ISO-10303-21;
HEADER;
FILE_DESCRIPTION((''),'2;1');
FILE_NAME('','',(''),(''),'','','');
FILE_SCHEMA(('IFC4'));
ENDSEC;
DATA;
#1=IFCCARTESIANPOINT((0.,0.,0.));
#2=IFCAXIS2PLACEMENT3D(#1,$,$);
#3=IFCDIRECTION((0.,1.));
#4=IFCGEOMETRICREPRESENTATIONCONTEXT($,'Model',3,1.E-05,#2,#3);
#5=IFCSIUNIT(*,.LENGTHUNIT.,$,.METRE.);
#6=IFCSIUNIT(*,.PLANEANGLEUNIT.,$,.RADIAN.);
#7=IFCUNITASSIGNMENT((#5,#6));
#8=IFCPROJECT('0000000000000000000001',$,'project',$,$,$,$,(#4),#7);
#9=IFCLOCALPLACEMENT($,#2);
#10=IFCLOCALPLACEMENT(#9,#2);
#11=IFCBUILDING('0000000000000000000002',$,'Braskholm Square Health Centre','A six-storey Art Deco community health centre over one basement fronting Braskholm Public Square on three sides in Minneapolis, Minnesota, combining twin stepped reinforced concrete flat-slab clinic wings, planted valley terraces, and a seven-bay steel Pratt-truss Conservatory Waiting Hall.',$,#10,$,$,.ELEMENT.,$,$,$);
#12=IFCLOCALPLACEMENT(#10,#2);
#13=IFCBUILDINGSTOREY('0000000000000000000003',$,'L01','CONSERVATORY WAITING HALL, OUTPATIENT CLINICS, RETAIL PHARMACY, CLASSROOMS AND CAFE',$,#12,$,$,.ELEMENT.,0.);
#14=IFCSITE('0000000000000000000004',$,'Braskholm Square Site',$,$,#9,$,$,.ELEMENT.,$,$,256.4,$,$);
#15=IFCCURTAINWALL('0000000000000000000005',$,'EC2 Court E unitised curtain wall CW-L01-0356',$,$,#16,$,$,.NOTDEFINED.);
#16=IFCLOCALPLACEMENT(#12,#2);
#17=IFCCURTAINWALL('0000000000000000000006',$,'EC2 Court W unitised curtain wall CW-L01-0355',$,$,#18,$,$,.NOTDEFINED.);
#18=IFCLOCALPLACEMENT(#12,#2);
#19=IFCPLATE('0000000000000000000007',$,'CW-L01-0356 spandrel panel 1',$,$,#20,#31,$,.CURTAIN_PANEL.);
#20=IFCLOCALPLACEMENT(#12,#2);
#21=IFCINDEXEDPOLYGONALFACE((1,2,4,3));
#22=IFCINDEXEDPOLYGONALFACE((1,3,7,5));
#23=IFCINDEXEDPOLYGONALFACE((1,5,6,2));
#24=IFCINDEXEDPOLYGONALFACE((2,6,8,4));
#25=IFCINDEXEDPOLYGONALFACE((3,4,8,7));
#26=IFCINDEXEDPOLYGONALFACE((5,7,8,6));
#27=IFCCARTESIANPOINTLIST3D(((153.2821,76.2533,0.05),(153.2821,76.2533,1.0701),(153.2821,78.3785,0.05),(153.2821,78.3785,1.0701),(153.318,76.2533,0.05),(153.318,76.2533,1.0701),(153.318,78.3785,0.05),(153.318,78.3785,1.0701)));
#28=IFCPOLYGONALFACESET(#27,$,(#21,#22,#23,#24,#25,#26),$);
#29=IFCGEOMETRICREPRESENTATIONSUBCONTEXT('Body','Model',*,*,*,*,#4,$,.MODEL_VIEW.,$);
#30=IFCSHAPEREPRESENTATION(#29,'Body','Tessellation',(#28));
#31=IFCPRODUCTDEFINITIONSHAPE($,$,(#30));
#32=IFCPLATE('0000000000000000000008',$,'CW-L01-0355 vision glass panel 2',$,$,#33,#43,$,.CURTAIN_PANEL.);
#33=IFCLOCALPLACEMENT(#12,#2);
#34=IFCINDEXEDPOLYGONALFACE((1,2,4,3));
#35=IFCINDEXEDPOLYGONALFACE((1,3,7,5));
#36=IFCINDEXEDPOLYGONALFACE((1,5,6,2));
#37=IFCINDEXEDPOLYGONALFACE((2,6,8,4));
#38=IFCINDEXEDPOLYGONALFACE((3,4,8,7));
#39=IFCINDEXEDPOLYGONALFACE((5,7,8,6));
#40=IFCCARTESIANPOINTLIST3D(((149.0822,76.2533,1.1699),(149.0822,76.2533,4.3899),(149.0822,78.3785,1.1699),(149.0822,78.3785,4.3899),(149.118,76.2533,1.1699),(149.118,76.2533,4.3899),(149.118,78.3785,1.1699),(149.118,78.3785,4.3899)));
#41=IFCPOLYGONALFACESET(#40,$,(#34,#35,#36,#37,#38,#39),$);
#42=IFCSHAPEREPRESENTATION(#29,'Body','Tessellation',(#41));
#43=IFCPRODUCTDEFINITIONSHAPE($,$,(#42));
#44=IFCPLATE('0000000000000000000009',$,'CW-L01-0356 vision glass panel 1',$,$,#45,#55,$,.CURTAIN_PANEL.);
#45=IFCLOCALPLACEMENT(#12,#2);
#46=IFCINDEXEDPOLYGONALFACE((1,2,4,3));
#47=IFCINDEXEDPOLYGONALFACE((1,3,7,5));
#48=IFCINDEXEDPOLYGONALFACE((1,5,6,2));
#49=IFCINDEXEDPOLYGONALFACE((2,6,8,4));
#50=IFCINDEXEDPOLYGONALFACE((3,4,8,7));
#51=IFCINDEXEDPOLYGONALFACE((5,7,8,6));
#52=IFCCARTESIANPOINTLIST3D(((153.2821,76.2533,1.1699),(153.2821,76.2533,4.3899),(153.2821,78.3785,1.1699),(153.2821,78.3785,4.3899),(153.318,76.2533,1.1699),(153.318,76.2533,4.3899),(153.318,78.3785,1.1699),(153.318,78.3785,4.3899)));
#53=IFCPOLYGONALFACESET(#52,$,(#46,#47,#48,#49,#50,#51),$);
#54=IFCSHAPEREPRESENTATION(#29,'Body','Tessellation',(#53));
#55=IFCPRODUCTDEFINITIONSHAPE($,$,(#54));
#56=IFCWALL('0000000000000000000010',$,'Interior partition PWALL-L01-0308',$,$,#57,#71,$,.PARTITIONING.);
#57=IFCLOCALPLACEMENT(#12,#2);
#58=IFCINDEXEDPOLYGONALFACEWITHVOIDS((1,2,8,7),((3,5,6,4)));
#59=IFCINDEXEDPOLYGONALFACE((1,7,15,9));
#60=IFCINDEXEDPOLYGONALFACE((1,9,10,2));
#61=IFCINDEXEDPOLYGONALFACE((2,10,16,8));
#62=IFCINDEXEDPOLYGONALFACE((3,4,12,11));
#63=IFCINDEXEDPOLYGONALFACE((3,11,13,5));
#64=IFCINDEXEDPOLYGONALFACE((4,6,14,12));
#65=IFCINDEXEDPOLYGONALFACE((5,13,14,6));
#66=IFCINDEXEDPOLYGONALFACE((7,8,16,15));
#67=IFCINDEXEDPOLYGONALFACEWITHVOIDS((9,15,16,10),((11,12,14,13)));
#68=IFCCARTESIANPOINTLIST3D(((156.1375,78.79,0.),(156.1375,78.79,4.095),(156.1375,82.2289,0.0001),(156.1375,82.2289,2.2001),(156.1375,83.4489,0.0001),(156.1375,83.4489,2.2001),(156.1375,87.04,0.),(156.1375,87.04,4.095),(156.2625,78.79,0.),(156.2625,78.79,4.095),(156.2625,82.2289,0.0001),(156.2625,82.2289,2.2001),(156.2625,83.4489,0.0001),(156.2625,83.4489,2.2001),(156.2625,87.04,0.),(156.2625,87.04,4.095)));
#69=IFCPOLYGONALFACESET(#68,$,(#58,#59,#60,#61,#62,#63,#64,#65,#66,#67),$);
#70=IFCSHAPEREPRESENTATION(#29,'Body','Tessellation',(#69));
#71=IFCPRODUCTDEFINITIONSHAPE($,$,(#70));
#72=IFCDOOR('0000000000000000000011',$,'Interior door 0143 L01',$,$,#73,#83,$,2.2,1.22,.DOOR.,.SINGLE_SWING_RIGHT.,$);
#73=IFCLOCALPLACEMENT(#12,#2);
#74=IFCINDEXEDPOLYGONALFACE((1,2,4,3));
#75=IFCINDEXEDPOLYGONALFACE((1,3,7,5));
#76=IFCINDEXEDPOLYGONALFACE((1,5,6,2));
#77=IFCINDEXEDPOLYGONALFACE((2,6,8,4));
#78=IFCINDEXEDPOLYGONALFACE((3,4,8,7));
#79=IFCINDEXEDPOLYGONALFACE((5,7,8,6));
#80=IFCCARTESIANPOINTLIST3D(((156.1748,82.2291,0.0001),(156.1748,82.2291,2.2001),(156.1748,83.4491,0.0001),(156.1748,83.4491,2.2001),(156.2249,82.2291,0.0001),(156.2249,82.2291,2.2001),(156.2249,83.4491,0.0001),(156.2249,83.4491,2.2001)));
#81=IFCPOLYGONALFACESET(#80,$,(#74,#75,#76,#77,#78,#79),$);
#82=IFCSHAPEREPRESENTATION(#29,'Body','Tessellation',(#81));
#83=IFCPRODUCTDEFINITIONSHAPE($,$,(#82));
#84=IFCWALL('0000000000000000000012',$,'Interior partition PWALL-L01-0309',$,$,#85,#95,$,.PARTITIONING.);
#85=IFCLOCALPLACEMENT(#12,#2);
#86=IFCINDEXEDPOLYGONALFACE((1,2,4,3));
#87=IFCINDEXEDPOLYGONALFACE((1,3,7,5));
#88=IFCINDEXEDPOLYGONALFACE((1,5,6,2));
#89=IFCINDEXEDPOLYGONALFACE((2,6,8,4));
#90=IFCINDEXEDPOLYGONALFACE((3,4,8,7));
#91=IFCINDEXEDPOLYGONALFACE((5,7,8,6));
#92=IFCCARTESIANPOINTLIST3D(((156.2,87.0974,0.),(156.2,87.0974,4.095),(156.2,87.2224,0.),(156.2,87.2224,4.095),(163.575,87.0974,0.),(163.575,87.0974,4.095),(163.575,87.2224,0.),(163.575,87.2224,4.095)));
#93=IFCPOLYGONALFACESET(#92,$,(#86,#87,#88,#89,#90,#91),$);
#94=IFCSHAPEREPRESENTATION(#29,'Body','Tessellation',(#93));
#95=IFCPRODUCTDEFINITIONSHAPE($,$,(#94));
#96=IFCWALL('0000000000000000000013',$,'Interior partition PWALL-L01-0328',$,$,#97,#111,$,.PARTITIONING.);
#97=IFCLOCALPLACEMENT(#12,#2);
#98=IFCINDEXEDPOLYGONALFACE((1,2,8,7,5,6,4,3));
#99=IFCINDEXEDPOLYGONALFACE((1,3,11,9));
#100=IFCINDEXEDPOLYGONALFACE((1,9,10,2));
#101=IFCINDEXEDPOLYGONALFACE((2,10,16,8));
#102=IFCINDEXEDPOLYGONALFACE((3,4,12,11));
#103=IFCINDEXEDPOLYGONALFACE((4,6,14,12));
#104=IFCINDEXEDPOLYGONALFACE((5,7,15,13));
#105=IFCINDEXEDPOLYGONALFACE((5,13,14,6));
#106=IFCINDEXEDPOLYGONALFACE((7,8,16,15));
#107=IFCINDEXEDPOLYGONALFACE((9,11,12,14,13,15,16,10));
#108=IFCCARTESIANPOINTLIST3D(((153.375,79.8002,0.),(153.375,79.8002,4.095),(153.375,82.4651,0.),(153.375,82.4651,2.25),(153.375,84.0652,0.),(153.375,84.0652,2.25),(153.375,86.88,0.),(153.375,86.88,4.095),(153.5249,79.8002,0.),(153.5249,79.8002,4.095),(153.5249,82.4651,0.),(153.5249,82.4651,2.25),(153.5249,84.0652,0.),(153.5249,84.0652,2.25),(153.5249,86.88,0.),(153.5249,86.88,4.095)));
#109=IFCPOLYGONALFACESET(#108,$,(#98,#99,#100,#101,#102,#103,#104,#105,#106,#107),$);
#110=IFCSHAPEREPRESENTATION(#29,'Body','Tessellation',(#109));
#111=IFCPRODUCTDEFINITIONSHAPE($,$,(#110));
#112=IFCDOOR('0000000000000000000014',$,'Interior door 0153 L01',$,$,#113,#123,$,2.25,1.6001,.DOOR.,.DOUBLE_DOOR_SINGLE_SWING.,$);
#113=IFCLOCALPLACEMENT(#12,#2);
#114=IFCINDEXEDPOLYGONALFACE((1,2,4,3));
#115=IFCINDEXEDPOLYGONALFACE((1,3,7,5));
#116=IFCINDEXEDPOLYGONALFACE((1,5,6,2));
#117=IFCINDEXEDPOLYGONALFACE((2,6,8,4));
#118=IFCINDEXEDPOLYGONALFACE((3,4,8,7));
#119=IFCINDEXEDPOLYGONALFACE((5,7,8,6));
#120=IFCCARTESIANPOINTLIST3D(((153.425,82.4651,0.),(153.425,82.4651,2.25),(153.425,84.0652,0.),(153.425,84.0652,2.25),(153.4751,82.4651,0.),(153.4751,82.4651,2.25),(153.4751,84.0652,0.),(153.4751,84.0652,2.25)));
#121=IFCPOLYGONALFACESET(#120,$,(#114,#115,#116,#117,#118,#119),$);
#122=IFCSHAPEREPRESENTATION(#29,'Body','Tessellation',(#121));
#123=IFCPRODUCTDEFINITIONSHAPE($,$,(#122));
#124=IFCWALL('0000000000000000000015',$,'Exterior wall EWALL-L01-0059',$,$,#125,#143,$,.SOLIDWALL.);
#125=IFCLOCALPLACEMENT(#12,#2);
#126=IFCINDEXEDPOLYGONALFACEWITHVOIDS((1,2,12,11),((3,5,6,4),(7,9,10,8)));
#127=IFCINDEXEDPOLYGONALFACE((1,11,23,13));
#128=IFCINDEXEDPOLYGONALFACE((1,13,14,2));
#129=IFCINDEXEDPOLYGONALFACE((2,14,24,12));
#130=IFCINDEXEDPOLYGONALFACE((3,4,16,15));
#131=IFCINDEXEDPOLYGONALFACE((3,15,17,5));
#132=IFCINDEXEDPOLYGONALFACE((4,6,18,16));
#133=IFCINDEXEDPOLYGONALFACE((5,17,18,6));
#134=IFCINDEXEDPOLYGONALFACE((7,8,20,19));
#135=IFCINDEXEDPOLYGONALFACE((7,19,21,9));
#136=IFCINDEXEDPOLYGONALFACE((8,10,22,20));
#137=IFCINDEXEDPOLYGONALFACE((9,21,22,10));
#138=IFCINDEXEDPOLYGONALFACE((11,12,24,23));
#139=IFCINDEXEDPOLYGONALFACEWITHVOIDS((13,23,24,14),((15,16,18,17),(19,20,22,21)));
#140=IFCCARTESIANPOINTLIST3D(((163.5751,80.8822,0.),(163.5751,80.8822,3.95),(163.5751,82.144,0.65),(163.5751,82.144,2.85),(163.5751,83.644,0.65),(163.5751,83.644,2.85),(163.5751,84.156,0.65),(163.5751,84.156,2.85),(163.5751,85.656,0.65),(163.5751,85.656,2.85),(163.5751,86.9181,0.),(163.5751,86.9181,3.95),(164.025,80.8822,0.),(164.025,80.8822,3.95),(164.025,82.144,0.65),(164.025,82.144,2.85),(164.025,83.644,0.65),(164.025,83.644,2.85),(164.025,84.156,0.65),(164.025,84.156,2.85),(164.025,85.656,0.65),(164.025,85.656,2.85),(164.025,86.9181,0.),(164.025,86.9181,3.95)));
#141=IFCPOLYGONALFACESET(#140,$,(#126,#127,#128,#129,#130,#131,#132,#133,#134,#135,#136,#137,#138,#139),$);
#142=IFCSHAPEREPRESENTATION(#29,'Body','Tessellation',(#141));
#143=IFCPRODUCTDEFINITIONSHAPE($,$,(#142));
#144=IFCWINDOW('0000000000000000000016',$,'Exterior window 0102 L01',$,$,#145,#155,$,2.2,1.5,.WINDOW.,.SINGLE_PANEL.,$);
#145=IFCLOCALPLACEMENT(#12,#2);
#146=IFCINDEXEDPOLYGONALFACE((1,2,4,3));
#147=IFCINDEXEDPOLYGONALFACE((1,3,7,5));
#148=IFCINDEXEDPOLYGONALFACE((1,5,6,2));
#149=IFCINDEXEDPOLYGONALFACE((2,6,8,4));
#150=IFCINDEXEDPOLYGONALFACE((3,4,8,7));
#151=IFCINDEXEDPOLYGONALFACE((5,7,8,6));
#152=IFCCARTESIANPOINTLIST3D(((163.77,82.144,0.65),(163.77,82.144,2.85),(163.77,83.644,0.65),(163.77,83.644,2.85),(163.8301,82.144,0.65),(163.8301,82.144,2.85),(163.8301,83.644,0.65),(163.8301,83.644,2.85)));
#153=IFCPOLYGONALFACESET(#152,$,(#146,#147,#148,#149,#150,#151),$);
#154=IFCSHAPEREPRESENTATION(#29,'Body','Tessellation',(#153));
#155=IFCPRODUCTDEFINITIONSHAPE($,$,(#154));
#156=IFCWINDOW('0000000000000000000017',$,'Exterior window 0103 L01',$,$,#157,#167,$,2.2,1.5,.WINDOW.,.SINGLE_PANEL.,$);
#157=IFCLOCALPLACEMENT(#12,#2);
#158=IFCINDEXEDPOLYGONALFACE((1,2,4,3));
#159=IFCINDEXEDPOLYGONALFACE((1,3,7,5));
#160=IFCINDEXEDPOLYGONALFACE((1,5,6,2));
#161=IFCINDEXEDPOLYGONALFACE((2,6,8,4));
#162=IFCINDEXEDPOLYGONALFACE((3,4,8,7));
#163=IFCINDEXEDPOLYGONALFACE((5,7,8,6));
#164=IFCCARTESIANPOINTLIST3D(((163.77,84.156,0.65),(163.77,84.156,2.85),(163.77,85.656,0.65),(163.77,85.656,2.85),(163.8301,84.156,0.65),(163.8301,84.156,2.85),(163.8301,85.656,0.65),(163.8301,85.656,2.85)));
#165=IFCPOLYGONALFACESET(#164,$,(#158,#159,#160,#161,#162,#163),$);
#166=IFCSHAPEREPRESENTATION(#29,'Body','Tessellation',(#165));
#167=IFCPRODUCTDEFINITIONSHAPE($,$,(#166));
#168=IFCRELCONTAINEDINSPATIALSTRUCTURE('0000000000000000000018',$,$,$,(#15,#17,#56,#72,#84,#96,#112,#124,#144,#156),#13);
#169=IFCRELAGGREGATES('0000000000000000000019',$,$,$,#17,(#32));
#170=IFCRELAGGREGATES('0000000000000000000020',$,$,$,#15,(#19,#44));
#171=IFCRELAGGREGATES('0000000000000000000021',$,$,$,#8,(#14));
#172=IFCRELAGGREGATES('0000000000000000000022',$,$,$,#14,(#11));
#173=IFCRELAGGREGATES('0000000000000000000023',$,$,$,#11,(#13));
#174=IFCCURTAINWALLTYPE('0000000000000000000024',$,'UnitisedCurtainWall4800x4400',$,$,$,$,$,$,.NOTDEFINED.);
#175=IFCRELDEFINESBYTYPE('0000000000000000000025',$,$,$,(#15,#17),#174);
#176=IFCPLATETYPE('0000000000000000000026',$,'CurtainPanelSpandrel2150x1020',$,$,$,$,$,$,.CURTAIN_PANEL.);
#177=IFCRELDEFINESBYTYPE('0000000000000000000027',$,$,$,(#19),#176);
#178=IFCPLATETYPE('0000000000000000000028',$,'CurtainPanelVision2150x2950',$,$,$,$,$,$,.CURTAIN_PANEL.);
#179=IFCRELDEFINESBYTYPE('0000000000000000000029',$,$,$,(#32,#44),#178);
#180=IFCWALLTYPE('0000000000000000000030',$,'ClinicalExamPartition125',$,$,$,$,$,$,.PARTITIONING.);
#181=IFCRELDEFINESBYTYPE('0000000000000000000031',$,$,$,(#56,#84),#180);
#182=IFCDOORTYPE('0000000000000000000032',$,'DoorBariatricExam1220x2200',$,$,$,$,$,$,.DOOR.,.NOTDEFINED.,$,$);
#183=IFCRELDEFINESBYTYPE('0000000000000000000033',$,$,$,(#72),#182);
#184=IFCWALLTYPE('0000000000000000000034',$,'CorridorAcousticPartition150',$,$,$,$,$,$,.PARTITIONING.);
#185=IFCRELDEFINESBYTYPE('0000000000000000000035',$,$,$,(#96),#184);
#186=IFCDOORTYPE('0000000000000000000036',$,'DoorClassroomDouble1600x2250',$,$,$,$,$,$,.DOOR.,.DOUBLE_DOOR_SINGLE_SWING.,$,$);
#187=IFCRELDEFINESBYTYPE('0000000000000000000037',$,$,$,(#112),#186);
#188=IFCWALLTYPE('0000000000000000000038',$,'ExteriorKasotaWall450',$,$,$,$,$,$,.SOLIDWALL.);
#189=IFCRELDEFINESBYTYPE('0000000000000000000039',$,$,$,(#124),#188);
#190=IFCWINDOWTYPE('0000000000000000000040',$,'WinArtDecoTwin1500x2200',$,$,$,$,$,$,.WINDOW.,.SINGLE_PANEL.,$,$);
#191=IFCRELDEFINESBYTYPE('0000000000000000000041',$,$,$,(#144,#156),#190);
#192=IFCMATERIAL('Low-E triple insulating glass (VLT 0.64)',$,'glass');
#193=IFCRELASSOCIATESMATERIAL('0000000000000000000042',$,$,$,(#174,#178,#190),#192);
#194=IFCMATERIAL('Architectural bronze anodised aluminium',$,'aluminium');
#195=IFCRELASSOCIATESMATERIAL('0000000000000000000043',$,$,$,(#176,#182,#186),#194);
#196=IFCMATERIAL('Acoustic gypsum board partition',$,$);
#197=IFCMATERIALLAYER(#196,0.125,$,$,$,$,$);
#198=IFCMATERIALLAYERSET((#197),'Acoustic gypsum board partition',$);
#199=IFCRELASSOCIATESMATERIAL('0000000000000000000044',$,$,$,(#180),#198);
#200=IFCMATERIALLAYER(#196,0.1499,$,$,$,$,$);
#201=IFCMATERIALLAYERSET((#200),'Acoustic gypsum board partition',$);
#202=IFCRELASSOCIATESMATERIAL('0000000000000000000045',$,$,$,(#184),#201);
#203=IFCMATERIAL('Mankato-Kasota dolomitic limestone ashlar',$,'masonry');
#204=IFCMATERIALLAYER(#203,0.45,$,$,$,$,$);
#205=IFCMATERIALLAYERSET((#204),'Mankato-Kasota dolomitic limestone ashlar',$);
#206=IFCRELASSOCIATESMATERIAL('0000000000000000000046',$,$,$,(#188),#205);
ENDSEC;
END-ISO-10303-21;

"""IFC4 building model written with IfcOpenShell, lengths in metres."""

from ifc_helpers import new_model, si_unit, direction, frame, frame_2d, origin, origin_with_axes, origin_2d, place, context, subcontext, project, spatial, rectangle, extrude, material, layer, layer_set, type_object, element, fill, aggregate, save


model = new_model("IFC4")

# Units and contexts
model_context = context("Model", 3, precision=1e-05, world=origin(), true_north=direction((0.0, 1.0)))
body_context = subcontext(model_context, "Body", "Model", "MODEL_VIEW")
ifc_project = project(units=[si_unit("LENGTHUNIT", "METRE"), si_unit("PLANEANGLEUNIT", "RADIAN")], contexts=[model_context])

# Site, building, storey
site_placement = place(None, origin())
site = spatial("IfcSite", under=ifc_project, at=site_placement, Name="Braskholm Square Site", CompositionType="ELEMENT", RefElevation=256.4)
building_placement = place(site_placement, origin())
building = spatial("IfcBuilding", under=site, at=building_placement, Name="Braskholm Square Health Centre", Description="A six-storey Art Deco community health centre over one basement fronting Braskholm Public Square on three sides in Minneapolis, Minnesota, combining twin stepped reinforced concrete flat-slab clinic wings, planted valley terraces, and a seven-bay steel Pratt-truss Conservatory Waiting Hall.", CompositionType="ELEMENT")
storey_placement = place(building_placement, origin())
storey = spatial("IfcBuildingStorey", under=building, at=storey_placement, Name="L01", Description="CONSERVATORY WAITING HALL, OUTPATIENT CLINICS, RETAIL PHARMACY, CLASSROOMS AND CAFE", CompositionType="ELEMENT", Elevation=0.0)

# Curtain walls
ifc_material_1 = material(Name="Low-E triple insulating glass (VLT 0.64)", Category="glass")
curtain_wall_type = type_object("IfcCurtainWallType", Name="UnitisedCurtainWall4800x4400", PredefinedType="NOTDEFINED", material=ifc_material_1)
curtain_wall_1_placement = place(storey_placement, origin())
curtain_wall_1 = element("IfcCurtainWall", 1, at=curtain_wall_1_placement, inside=storey, type_object=curtain_wall_type, Name="EC2 Court E unitised curtain wall CW-L01-0356", PredefinedType="NOTDEFINED")
ifc_material_2 = material(Name="Architectural bronze anodised aluminium", Category="aluminium")
curtain_wall_2_placement = place(storey_placement, origin())
curtain_wall_2 = element("IfcCurtainWall", 2, at=curtain_wall_2_placement, inside=storey, type_object=curtain_wall_type, Name="EC2 Court W unitised curtain wall CW-L01-0355", PredefinedType="NOTDEFINED")

# Plates
plate_type_1 = type_object("IfcPlateType", Name="CurtainPanelSpandrel2150x1020", PredefinedType="CURTAIN_PANEL", material=ifc_material_2)
plate_1_placement = place(storey_placement, frame((153.3, 77.3159, 0.05), z_axis=(0.0, 0.0, 1.0), x_axis=(0.0, -1.0, 0.0)))
plate_1 = element("IfcPlate", 3, at=plate_1_placement, type_object=plate_type_1, Name="CW-L01-0356 spandrel panel 1", PredefinedType="CURTAIN_PANEL", context=body_context, shape_type="SweptSolid", body=[
    extrude(rectangle(XDim=2.1252, YDim=0.0359, at=origin_2d()), origin(), (0.0, 0.0, 1.0), 1.02),
])
plate_type_2 = type_object("IfcPlateType", Name="CurtainPanelVision2150x2950", PredefinedType="CURTAIN_PANEL", material=ifc_material_1)
plate_2_placement = place(storey_placement, frame((149.1001, 77.3159, 1.1699), z_axis=(0.0, 0.0, 1.0), x_axis=(0.0, 1.0, 0.0)))
plate_2 = element("IfcPlate", 4, at=plate_2_placement, type_object=plate_type_2, Name="CW-L01-0355 vision glass panel 2", PredefinedType="CURTAIN_PANEL", context=body_context, shape_type="SweptSolid", body=[
    extrude(rectangle(XDim=2.1252, YDim=0.0359, at=origin_2d()), origin(), (0.0, 0.0, 1.0), 3.22),
])
aggregate(curtain_wall_2, [plate_2])
plate_3_placement = place(storey_placement, frame((153.3, 77.3159, 1.1699), z_axis=(0.0, 0.0, 1.0), x_axis=(0.0, -1.0, 0.0)))
plate_3 = element("IfcPlate", 5, at=plate_3_placement, type_object=plate_type_2, Name="CW-L01-0356 vision glass panel 1", PredefinedType="CURTAIN_PANEL", context=body_context, shape_type="SweptSolid", body=[
    extrude(rectangle(XDim=2.1252, YDim=0.0359, at=origin_2d()), origin(), (0.0, 0.0, 1.0), 3.22),
])
aggregate(curtain_wall_1, [plate_1, plate_3])

# Wall, opening, door
ifc_material_3 = material(Name="Acoustic gypsum board partition")
ifc_layer_1 = layer(ifc_material_3, 0.125)
ifc_layer_set_1 = layer_set([ifc_layer_1], Name="Acoustic gypsum board partition")
wall_type_1 = type_object("IfcWallType", Name="ClinicalExamPartition125", PredefinedType="PARTITIONING", material=ifc_layer_set_1)
wall_1_placement = place(storey_placement, frame((156.2, 78.79, 0.0), z_axis=(0.0, 0.0, 1.0), x_axis=(0.0, 1.0, 0.0)))
wall_1 = element("IfcWall", 6, at=wall_1_placement, inside=storey, type_object=wall_type_1, Name="Interior partition PWALL-L01-0308", PredefinedType="PARTITIONING", context=body_context, shape_type="SweptSolid", body=[
    extrude(rectangle(XDim=8.25, YDim=0.125, at=frame_2d((4.125, 0.0))), origin(), (0.0, 0.0, 1.0), 4.095),
])
opening_1_placement = place(wall_1_placement, frame((3.439, 0.0, 0.0)))
opening_1 = element("IfcOpeningElement", 7, at=opening_1_placement, cuts=wall_1, PredefinedType="OPENING", context=body_context, shape_type="SweptSolid", body=[
    extrude(rectangle(XDim=1.22, YDim=2.2, at=frame_2d((0.6099, 1.1001))), frame((0.0, 0.0725, 0.0), z_axis=(0.0, -1.0, 0.0), x_axis=(1.0, 0.0, 0.0)), (0.0, 0.0, 1.0), 0.145),
])
door_type_1 = type_object("IfcDoorType", Name="DoorBariatricExam1220x2200", OperationType="NOTDEFINED", PredefinedType="DOOR", material=ifc_material_2)
door_1_placement = place(opening_1_placement, frame((1.22, 0.0, 0.0), z_axis=(0.0, 0.0, 1.0), x_axis=(-1.0, 0.0, 0.0)))
door_1 = element("IfcDoor", 8, at=door_1_placement, inside=storey, type_object=door_type_1, Name="Interior door 0143 L01", OperationType="SINGLE_SWING_RIGHT", OverallHeight=2.2, OverallWidth=1.22, PredefinedType="DOOR", context=body_context, shape_type="SweptSolid", body=[
    extrude(rectangle(XDim=1.22, YDim=2.2, at=frame_2d((0.6099, 1.1001))), frame((0.0, 0.0249, 0.0), z_axis=(0.0, -1.0, 0.0), x_axis=(1.0, 0.0, 0.0)), (0.0, 0.0, 1.0), 0.05),
])
fill(opening_1, door_1)

# Wall
wall_2_placement = place(storey_placement, frame((156.2, 87.1599, 0.0), z_axis=(0.0, 0.0, 1.0), x_axis=(1.0, 0.0, 0.0)))
element("IfcWall", 9, at=wall_2_placement, inside=storey, type_object=wall_type_1, Name="Interior partition PWALL-L01-0309", PredefinedType="PARTITIONING", context=body_context, shape_type="SweptSolid", body=[
    extrude(rectangle(XDim=7.375, YDim=0.125, at=frame_2d((3.6875, 0.0))), origin(), (0.0, 0.0, 1.0), 4.095),
])

# Wall, opening, door
ifc_layer_2 = layer(ifc_material_3, 0.1499)
ifc_layer_set_2 = layer_set([ifc_layer_2], Name="Acoustic gypsum board partition")
wall_type_2 = type_object("IfcWallType", Name="CorridorAcousticPartition150", PredefinedType="PARTITIONING", material=ifc_layer_set_2)
wall_3_placement = place(storey_placement, frame((153.45, 79.8, 0.0), z_axis=(0.0, 0.0, 1.0), x_axis=(0.0, 1.0, 0.0)))
wall_3 = element("IfcWall", 10, at=wall_3_placement, inside=storey, type_object=wall_type_2, Name="Interior partition PWALL-L01-0328", PredefinedType="PARTITIONING", context=body_context, shape_type="SweptSolid", body=[
    extrude(rectangle(XDim=7.0798, YDim=0.1499, at=frame_2d((3.54, 0.0))), origin(), (0.0, 0.0, 1.0), 4.095),
])
opening_2_placement = place(wall_3_placement, frame((2.665, 0.0, 0.0)))
opening_2 = element("IfcOpeningElement", 11, at=opening_2_placement, cuts=wall_3, PredefinedType="OPENING", context=body_context, shape_type="SweptSolid", body=[
    extrude(rectangle(XDim=1.6001, YDim=2.25, at=frame_2d((0.8, 1.125))), frame((0.0, 0.085, 0.0), z_axis=(0.0, -1.0, 0.0), x_axis=(1.0, 0.0, 0.0)), (0.0, 0.0, 1.0), 0.1699),
])
door_type_2 = type_object("IfcDoorType", Name="DoorClassroomDouble1600x2250", OperationType="DOUBLE_DOOR_SINGLE_SWING", PredefinedType="DOOR", material=ifc_material_2)
door_2_placement = place(opening_2_placement, origin_with_axes())
door_2 = element("IfcDoor", 12, at=door_2_placement, inside=storey, type_object=door_type_2, Name="Interior door 0153 L01", OperationType="DOUBLE_DOOR_SINGLE_SWING", OverallHeight=2.25, OverallWidth=1.6001, PredefinedType="DOOR", context=body_context, shape_type="SweptSolid", body=[
    extrude(rectangle(XDim=1.6001, YDim=2.25, at=frame_2d((0.8, 1.125))), frame((0.0, 0.0249, 0.0), z_axis=(0.0, -1.0, 0.0), x_axis=(1.0, 0.0, 0.0)), (0.0, 0.0, 1.0), 0.05),
])
fill(opening_2, door_2)

# Wall, openings, windows
ifc_material_4 = material(Name="Mankato-Kasota dolomitic limestone ashlar", Category="masonry")
ifc_layer_3 = layer(ifc_material_4, 0.45)
ifc_layer_set_3 = layer_set([ifc_layer_3], Name="Mankato-Kasota dolomitic limestone ashlar")
wall_type_3 = type_object("IfcWallType", Name="ExteriorKasotaWall450", PredefinedType="SOLIDWALL", material=ifc_layer_set_3)
wall_4_placement = place(storey_placement, frame((163.8, 80.8821, 0.0), z_axis=(0.0, 0.0, 1.0), x_axis=(0.0, 1.0, 0.0)))
wall_4 = element("IfcWall", 13, at=wall_4_placement, inside=storey, type_object=wall_type_3, Name="Exterior wall EWALL-L01-0059", PredefinedType="SOLIDWALL", context=body_context, shape_type="SweptSolid", body=[
    extrude(rectangle(XDim=6.0359, YDim=0.45, at=frame_2d((3.0181, 0.0))), origin(), (0.0, 0.0, 1.0), 3.95),
])
opening_3_placement = place(wall_4_placement, frame((1.262, 0.0, 0.6499)))
opening_3 = element("IfcOpeningElement", 14, at=opening_3_placement, cuts=wall_4, PredefinedType="OPENING", context=body_context, shape_type="SweptSolid", body=[
    extrude(rectangle(XDim=1.5, YDim=2.2, at=frame_2d((0.75, 1.1001))), frame((0.0, 0.2349, 0.0), z_axis=(0.0, -1.0, 0.0), x_axis=(1.0, 0.0, 0.0)), (0.0, 0.0, 1.0), 0.47),
])
opening_4_placement = place(wall_4_placement, frame((3.2739, 0.0, 0.6499)))
opening_4 = element("IfcOpeningElement", 15, at=opening_4_placement, cuts=wall_4, PredefinedType="OPENING", context=body_context, shape_type="SweptSolid", body=[
    extrude(rectangle(XDim=1.5, YDim=2.2, at=frame_2d((0.75, 1.1001))), frame((0.0, 0.2349, 0.0), z_axis=(0.0, -1.0, 0.0), x_axis=(1.0, 0.0, 0.0)), (0.0, 0.0, 1.0), 0.47),
])
window_type_1 = type_object("IfcWindowType", Name="WinArtDecoTwin1500x2200", PartitioningType="SINGLE_PANEL", PredefinedType="WINDOW", material=ifc_material_1)
window_1_placement = place(opening_3_placement, origin_with_axes())
window_1 = element("IfcWindow", 16, at=window_1_placement, inside=storey, type_object=window_type_1, Name="Exterior window 0102 L01", OverallHeight=2.2, OverallWidth=1.5, PartitioningType="SINGLE_PANEL", PredefinedType="WINDOW", context=body_context, shape_type="SweptSolid", body=[
    extrude(rectangle(XDim=1.5, YDim=2.2, at=frame_2d((0.75, 1.1001))), frame((0.0, 0.03, 0.0), z_axis=(0.0, -1.0, 0.0), x_axis=(1.0, 0.0, 0.0)), (0.0, 0.0, 1.0), 0.0601),
])
fill(opening_3, window_1)
window_2_placement = place(opening_4_placement, origin_with_axes())
window_2 = element("IfcWindow", 17, at=window_2_placement, inside=storey, type_object=window_type_1, Name="Exterior window 0103 L01", OverallHeight=2.2, OverallWidth=1.5, PartitioningType="SINGLE_PANEL", PredefinedType="WINDOW", context=body_context, shape_type="SweptSolid", body=[
    extrude(rectangle(XDim=1.5, YDim=2.2, at=frame_2d((0.75, 1.1001))), frame((0.0, 0.03, 0.0), z_axis=(0.0, -1.0, 0.0), x_axis=(1.0, 0.0, 0.0)), (0.0, 0.0, 1.0), 0.0601),
])
fill(opening_4, window_2)

save(model, "model.ifc")
